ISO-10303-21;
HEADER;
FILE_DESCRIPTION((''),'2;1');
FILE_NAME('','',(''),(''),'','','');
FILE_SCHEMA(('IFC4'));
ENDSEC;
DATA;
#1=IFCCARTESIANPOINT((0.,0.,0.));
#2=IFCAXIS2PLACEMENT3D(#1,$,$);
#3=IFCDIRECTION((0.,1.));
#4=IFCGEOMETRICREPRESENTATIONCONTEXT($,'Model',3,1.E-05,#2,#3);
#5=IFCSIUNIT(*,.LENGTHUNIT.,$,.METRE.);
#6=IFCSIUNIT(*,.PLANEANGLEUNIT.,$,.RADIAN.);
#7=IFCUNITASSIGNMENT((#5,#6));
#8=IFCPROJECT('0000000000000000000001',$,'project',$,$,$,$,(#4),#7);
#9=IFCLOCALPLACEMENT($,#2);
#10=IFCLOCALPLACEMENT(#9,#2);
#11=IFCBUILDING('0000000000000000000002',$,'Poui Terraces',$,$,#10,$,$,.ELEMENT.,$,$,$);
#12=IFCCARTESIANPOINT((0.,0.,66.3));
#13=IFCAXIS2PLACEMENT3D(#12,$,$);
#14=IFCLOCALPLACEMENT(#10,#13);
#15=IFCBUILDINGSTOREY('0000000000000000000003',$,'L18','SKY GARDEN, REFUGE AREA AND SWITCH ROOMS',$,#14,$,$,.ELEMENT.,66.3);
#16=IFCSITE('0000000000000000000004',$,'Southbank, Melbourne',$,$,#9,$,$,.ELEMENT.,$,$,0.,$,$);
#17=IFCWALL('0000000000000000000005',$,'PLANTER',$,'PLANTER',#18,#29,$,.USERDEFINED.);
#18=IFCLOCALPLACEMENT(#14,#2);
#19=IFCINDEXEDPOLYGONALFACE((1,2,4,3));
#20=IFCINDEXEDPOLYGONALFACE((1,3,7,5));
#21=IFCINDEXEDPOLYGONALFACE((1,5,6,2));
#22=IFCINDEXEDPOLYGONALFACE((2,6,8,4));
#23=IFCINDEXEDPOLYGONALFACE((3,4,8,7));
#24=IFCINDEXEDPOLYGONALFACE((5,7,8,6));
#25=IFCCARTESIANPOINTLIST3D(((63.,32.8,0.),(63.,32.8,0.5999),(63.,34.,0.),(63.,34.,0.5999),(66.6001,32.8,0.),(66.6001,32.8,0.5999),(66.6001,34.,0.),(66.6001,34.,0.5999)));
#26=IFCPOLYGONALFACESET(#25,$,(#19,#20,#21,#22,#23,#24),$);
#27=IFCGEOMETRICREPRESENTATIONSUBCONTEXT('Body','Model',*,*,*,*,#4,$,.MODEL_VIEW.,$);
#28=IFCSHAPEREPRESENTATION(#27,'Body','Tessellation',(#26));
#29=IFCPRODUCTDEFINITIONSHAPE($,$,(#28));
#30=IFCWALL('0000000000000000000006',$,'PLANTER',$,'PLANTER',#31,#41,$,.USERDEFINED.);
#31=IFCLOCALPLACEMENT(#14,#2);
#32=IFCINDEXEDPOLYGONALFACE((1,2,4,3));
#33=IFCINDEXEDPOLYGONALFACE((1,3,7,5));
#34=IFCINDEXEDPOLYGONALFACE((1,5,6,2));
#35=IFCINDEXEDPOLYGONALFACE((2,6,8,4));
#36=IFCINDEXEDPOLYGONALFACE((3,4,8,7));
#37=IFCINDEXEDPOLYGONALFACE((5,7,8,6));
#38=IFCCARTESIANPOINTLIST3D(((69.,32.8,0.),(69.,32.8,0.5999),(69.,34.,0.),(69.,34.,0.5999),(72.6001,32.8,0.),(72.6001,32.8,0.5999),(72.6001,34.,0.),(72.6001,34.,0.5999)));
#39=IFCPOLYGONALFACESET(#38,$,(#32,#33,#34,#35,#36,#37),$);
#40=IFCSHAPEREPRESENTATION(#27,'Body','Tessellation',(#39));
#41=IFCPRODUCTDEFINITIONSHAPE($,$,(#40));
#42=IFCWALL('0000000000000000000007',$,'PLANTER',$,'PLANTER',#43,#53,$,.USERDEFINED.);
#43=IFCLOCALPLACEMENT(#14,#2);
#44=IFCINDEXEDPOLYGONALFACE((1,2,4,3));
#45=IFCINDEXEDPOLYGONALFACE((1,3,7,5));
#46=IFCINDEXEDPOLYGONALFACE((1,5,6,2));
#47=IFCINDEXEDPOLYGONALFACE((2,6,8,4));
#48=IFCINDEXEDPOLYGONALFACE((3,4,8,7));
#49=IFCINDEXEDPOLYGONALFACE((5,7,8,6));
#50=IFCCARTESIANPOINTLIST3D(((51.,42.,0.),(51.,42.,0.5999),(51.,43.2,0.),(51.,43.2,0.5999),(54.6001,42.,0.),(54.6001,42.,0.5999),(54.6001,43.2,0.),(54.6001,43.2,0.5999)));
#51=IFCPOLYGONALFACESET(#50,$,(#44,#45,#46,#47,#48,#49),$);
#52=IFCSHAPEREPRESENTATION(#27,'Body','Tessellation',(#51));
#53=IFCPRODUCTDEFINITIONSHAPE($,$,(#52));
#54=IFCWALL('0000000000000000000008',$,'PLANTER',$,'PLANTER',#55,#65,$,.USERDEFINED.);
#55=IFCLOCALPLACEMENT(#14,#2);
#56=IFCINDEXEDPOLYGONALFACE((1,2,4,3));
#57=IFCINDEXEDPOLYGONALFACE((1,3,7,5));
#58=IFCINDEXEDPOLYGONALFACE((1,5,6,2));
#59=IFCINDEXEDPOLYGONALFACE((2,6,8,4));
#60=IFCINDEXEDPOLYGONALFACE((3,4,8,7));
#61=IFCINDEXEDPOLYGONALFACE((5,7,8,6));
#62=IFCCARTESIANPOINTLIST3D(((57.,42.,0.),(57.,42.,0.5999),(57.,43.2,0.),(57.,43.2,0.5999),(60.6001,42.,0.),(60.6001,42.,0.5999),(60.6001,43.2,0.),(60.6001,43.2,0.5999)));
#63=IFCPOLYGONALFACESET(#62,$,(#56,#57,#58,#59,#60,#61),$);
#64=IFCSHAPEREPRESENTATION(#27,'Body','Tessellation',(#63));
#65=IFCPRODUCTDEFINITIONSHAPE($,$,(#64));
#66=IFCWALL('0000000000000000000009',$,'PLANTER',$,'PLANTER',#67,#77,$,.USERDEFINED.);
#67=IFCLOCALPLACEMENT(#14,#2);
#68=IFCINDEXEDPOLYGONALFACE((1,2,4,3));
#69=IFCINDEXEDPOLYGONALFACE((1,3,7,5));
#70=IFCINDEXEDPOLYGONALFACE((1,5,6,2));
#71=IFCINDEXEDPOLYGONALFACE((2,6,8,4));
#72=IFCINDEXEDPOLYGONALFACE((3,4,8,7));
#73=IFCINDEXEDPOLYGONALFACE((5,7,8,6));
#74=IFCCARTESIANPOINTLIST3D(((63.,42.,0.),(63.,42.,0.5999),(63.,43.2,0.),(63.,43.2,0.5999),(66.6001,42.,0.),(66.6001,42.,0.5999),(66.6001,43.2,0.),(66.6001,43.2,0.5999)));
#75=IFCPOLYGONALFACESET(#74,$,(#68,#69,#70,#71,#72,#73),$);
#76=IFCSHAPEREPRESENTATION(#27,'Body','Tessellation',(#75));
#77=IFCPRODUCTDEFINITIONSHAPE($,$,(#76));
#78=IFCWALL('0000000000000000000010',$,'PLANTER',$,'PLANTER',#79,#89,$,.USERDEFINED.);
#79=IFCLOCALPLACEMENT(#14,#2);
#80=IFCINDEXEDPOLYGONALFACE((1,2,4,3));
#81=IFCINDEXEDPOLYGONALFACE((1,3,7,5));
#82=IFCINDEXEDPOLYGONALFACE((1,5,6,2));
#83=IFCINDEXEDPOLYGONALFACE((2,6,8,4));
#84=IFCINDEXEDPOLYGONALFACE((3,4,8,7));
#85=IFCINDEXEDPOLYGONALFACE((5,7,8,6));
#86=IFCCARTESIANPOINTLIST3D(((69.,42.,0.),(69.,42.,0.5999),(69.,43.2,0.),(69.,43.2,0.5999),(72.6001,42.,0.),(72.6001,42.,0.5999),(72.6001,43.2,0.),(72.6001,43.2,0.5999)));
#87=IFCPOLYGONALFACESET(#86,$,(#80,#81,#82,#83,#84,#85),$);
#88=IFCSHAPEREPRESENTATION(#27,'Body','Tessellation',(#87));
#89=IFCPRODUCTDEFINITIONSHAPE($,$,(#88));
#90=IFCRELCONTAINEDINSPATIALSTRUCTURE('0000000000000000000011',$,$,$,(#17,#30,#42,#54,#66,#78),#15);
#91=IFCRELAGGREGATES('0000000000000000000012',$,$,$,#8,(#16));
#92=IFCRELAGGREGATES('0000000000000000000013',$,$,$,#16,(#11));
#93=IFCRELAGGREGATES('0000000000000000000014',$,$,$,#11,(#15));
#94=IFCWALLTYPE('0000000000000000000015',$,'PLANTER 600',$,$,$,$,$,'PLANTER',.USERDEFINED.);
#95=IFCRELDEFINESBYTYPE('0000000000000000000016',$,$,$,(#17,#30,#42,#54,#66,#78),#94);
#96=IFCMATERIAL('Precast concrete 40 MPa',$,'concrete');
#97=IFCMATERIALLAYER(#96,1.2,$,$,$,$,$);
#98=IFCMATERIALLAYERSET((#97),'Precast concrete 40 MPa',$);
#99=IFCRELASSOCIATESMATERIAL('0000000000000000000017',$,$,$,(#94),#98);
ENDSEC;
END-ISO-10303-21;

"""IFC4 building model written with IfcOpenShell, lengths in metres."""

from ifc_helpers import new_model, si_unit, direction, frame, origin, place, context, subcontext, project, spatial, polyline, outline, extrude, source, transform, mapped, material, layer, layer_set, type_object, element, save


model = new_model("IFC4")

# Units and contexts
model_context = context("Model", 3, precision=1e-05, world=origin(), true_north=direction((0.0, 1.0)))
body_context = subcontext(model_context, "Body", "Model", "MODEL_VIEW")
ifc_project = project(units=[si_unit("LENGTHUNIT", "METRE"), si_unit("PLANEANGLEUNIT", "RADIAN")], contexts=[model_context])

# Site, building, storey
site_placement = place(None, origin())
site = spatial("IfcSite", under=ifc_project, at=site_placement, Name="Southbank, Melbourne", CompositionType="ELEMENT", RefElevation=0.0)
building_placement = place(site_placement, origin())
building = spatial("IfcBuilding", under=site, at=building_placement, Name="Poui Terraces", CompositionType="ELEMENT")
storey_placement = place(building_placement, frame((0.0, 0.0, 66.3)))
storey = spatial("IfcBuildingStorey", under=building, at=storey_placement, Name="L18", Description="SKY GARDEN, REFUGE AREA AND SWITCH ROOMS", CompositionType="ELEMENT", Elevation=66.3)

# Walls
ifc_material_1 = material(Name="Precast concrete 40 MPa", Category="concrete")
ifc_layer_1 = layer(ifc_material_1, 1.2)
ifc_layer_set_1 = layer_set([ifc_layer_1], Name="Precast concrete 40 MPa")
wall_type_1 = type_object("IfcWallType", Name="PLANTER 600", ElementType="PLANTER", PredefinedType="USERDEFINED", material=ifc_layer_set_1)
shared_shape_1 = source(origin(), body_context, "Body", "SweptSolid", [
    extrude(outline(polyline([(0.0, 0.0), (3.6001, 0.0), (3.6001, 1.2), (0.0, 1.2), (0.0, 0.0)])), origin(), (0.0, 0.0, 1.0), 0.5999),
])
for number, where, name in (
    (1, (63.0, 32.8, 0.0), "PLANTER"),
    (2, (69.0, 32.8, 0.0), "PLANTER"),
    (3, (51.0, 42.0, 0.0), "PLANTER"),
    (4, (57.0, 42.0, 0.0), "PLANTER"),
    (5, (63.0, 42.0, 0.0), "PLANTER"),
    (6, (69.0, 42.0, 0.0), "PLANTER"),
):
    element("IfcWall", number, at=place(storey_placement, frame(where)), inside=storey, type_object=wall_type_1, Name=name, ObjectType="PLANTER", PredefinedType="USERDEFINED", context=body_context, shape_type="MappedRepresentation", body=[
        mapped(shared_shape_1, transform((0.0, 0.0, 0.0))),
    ])

save(model, "model.ifc")
